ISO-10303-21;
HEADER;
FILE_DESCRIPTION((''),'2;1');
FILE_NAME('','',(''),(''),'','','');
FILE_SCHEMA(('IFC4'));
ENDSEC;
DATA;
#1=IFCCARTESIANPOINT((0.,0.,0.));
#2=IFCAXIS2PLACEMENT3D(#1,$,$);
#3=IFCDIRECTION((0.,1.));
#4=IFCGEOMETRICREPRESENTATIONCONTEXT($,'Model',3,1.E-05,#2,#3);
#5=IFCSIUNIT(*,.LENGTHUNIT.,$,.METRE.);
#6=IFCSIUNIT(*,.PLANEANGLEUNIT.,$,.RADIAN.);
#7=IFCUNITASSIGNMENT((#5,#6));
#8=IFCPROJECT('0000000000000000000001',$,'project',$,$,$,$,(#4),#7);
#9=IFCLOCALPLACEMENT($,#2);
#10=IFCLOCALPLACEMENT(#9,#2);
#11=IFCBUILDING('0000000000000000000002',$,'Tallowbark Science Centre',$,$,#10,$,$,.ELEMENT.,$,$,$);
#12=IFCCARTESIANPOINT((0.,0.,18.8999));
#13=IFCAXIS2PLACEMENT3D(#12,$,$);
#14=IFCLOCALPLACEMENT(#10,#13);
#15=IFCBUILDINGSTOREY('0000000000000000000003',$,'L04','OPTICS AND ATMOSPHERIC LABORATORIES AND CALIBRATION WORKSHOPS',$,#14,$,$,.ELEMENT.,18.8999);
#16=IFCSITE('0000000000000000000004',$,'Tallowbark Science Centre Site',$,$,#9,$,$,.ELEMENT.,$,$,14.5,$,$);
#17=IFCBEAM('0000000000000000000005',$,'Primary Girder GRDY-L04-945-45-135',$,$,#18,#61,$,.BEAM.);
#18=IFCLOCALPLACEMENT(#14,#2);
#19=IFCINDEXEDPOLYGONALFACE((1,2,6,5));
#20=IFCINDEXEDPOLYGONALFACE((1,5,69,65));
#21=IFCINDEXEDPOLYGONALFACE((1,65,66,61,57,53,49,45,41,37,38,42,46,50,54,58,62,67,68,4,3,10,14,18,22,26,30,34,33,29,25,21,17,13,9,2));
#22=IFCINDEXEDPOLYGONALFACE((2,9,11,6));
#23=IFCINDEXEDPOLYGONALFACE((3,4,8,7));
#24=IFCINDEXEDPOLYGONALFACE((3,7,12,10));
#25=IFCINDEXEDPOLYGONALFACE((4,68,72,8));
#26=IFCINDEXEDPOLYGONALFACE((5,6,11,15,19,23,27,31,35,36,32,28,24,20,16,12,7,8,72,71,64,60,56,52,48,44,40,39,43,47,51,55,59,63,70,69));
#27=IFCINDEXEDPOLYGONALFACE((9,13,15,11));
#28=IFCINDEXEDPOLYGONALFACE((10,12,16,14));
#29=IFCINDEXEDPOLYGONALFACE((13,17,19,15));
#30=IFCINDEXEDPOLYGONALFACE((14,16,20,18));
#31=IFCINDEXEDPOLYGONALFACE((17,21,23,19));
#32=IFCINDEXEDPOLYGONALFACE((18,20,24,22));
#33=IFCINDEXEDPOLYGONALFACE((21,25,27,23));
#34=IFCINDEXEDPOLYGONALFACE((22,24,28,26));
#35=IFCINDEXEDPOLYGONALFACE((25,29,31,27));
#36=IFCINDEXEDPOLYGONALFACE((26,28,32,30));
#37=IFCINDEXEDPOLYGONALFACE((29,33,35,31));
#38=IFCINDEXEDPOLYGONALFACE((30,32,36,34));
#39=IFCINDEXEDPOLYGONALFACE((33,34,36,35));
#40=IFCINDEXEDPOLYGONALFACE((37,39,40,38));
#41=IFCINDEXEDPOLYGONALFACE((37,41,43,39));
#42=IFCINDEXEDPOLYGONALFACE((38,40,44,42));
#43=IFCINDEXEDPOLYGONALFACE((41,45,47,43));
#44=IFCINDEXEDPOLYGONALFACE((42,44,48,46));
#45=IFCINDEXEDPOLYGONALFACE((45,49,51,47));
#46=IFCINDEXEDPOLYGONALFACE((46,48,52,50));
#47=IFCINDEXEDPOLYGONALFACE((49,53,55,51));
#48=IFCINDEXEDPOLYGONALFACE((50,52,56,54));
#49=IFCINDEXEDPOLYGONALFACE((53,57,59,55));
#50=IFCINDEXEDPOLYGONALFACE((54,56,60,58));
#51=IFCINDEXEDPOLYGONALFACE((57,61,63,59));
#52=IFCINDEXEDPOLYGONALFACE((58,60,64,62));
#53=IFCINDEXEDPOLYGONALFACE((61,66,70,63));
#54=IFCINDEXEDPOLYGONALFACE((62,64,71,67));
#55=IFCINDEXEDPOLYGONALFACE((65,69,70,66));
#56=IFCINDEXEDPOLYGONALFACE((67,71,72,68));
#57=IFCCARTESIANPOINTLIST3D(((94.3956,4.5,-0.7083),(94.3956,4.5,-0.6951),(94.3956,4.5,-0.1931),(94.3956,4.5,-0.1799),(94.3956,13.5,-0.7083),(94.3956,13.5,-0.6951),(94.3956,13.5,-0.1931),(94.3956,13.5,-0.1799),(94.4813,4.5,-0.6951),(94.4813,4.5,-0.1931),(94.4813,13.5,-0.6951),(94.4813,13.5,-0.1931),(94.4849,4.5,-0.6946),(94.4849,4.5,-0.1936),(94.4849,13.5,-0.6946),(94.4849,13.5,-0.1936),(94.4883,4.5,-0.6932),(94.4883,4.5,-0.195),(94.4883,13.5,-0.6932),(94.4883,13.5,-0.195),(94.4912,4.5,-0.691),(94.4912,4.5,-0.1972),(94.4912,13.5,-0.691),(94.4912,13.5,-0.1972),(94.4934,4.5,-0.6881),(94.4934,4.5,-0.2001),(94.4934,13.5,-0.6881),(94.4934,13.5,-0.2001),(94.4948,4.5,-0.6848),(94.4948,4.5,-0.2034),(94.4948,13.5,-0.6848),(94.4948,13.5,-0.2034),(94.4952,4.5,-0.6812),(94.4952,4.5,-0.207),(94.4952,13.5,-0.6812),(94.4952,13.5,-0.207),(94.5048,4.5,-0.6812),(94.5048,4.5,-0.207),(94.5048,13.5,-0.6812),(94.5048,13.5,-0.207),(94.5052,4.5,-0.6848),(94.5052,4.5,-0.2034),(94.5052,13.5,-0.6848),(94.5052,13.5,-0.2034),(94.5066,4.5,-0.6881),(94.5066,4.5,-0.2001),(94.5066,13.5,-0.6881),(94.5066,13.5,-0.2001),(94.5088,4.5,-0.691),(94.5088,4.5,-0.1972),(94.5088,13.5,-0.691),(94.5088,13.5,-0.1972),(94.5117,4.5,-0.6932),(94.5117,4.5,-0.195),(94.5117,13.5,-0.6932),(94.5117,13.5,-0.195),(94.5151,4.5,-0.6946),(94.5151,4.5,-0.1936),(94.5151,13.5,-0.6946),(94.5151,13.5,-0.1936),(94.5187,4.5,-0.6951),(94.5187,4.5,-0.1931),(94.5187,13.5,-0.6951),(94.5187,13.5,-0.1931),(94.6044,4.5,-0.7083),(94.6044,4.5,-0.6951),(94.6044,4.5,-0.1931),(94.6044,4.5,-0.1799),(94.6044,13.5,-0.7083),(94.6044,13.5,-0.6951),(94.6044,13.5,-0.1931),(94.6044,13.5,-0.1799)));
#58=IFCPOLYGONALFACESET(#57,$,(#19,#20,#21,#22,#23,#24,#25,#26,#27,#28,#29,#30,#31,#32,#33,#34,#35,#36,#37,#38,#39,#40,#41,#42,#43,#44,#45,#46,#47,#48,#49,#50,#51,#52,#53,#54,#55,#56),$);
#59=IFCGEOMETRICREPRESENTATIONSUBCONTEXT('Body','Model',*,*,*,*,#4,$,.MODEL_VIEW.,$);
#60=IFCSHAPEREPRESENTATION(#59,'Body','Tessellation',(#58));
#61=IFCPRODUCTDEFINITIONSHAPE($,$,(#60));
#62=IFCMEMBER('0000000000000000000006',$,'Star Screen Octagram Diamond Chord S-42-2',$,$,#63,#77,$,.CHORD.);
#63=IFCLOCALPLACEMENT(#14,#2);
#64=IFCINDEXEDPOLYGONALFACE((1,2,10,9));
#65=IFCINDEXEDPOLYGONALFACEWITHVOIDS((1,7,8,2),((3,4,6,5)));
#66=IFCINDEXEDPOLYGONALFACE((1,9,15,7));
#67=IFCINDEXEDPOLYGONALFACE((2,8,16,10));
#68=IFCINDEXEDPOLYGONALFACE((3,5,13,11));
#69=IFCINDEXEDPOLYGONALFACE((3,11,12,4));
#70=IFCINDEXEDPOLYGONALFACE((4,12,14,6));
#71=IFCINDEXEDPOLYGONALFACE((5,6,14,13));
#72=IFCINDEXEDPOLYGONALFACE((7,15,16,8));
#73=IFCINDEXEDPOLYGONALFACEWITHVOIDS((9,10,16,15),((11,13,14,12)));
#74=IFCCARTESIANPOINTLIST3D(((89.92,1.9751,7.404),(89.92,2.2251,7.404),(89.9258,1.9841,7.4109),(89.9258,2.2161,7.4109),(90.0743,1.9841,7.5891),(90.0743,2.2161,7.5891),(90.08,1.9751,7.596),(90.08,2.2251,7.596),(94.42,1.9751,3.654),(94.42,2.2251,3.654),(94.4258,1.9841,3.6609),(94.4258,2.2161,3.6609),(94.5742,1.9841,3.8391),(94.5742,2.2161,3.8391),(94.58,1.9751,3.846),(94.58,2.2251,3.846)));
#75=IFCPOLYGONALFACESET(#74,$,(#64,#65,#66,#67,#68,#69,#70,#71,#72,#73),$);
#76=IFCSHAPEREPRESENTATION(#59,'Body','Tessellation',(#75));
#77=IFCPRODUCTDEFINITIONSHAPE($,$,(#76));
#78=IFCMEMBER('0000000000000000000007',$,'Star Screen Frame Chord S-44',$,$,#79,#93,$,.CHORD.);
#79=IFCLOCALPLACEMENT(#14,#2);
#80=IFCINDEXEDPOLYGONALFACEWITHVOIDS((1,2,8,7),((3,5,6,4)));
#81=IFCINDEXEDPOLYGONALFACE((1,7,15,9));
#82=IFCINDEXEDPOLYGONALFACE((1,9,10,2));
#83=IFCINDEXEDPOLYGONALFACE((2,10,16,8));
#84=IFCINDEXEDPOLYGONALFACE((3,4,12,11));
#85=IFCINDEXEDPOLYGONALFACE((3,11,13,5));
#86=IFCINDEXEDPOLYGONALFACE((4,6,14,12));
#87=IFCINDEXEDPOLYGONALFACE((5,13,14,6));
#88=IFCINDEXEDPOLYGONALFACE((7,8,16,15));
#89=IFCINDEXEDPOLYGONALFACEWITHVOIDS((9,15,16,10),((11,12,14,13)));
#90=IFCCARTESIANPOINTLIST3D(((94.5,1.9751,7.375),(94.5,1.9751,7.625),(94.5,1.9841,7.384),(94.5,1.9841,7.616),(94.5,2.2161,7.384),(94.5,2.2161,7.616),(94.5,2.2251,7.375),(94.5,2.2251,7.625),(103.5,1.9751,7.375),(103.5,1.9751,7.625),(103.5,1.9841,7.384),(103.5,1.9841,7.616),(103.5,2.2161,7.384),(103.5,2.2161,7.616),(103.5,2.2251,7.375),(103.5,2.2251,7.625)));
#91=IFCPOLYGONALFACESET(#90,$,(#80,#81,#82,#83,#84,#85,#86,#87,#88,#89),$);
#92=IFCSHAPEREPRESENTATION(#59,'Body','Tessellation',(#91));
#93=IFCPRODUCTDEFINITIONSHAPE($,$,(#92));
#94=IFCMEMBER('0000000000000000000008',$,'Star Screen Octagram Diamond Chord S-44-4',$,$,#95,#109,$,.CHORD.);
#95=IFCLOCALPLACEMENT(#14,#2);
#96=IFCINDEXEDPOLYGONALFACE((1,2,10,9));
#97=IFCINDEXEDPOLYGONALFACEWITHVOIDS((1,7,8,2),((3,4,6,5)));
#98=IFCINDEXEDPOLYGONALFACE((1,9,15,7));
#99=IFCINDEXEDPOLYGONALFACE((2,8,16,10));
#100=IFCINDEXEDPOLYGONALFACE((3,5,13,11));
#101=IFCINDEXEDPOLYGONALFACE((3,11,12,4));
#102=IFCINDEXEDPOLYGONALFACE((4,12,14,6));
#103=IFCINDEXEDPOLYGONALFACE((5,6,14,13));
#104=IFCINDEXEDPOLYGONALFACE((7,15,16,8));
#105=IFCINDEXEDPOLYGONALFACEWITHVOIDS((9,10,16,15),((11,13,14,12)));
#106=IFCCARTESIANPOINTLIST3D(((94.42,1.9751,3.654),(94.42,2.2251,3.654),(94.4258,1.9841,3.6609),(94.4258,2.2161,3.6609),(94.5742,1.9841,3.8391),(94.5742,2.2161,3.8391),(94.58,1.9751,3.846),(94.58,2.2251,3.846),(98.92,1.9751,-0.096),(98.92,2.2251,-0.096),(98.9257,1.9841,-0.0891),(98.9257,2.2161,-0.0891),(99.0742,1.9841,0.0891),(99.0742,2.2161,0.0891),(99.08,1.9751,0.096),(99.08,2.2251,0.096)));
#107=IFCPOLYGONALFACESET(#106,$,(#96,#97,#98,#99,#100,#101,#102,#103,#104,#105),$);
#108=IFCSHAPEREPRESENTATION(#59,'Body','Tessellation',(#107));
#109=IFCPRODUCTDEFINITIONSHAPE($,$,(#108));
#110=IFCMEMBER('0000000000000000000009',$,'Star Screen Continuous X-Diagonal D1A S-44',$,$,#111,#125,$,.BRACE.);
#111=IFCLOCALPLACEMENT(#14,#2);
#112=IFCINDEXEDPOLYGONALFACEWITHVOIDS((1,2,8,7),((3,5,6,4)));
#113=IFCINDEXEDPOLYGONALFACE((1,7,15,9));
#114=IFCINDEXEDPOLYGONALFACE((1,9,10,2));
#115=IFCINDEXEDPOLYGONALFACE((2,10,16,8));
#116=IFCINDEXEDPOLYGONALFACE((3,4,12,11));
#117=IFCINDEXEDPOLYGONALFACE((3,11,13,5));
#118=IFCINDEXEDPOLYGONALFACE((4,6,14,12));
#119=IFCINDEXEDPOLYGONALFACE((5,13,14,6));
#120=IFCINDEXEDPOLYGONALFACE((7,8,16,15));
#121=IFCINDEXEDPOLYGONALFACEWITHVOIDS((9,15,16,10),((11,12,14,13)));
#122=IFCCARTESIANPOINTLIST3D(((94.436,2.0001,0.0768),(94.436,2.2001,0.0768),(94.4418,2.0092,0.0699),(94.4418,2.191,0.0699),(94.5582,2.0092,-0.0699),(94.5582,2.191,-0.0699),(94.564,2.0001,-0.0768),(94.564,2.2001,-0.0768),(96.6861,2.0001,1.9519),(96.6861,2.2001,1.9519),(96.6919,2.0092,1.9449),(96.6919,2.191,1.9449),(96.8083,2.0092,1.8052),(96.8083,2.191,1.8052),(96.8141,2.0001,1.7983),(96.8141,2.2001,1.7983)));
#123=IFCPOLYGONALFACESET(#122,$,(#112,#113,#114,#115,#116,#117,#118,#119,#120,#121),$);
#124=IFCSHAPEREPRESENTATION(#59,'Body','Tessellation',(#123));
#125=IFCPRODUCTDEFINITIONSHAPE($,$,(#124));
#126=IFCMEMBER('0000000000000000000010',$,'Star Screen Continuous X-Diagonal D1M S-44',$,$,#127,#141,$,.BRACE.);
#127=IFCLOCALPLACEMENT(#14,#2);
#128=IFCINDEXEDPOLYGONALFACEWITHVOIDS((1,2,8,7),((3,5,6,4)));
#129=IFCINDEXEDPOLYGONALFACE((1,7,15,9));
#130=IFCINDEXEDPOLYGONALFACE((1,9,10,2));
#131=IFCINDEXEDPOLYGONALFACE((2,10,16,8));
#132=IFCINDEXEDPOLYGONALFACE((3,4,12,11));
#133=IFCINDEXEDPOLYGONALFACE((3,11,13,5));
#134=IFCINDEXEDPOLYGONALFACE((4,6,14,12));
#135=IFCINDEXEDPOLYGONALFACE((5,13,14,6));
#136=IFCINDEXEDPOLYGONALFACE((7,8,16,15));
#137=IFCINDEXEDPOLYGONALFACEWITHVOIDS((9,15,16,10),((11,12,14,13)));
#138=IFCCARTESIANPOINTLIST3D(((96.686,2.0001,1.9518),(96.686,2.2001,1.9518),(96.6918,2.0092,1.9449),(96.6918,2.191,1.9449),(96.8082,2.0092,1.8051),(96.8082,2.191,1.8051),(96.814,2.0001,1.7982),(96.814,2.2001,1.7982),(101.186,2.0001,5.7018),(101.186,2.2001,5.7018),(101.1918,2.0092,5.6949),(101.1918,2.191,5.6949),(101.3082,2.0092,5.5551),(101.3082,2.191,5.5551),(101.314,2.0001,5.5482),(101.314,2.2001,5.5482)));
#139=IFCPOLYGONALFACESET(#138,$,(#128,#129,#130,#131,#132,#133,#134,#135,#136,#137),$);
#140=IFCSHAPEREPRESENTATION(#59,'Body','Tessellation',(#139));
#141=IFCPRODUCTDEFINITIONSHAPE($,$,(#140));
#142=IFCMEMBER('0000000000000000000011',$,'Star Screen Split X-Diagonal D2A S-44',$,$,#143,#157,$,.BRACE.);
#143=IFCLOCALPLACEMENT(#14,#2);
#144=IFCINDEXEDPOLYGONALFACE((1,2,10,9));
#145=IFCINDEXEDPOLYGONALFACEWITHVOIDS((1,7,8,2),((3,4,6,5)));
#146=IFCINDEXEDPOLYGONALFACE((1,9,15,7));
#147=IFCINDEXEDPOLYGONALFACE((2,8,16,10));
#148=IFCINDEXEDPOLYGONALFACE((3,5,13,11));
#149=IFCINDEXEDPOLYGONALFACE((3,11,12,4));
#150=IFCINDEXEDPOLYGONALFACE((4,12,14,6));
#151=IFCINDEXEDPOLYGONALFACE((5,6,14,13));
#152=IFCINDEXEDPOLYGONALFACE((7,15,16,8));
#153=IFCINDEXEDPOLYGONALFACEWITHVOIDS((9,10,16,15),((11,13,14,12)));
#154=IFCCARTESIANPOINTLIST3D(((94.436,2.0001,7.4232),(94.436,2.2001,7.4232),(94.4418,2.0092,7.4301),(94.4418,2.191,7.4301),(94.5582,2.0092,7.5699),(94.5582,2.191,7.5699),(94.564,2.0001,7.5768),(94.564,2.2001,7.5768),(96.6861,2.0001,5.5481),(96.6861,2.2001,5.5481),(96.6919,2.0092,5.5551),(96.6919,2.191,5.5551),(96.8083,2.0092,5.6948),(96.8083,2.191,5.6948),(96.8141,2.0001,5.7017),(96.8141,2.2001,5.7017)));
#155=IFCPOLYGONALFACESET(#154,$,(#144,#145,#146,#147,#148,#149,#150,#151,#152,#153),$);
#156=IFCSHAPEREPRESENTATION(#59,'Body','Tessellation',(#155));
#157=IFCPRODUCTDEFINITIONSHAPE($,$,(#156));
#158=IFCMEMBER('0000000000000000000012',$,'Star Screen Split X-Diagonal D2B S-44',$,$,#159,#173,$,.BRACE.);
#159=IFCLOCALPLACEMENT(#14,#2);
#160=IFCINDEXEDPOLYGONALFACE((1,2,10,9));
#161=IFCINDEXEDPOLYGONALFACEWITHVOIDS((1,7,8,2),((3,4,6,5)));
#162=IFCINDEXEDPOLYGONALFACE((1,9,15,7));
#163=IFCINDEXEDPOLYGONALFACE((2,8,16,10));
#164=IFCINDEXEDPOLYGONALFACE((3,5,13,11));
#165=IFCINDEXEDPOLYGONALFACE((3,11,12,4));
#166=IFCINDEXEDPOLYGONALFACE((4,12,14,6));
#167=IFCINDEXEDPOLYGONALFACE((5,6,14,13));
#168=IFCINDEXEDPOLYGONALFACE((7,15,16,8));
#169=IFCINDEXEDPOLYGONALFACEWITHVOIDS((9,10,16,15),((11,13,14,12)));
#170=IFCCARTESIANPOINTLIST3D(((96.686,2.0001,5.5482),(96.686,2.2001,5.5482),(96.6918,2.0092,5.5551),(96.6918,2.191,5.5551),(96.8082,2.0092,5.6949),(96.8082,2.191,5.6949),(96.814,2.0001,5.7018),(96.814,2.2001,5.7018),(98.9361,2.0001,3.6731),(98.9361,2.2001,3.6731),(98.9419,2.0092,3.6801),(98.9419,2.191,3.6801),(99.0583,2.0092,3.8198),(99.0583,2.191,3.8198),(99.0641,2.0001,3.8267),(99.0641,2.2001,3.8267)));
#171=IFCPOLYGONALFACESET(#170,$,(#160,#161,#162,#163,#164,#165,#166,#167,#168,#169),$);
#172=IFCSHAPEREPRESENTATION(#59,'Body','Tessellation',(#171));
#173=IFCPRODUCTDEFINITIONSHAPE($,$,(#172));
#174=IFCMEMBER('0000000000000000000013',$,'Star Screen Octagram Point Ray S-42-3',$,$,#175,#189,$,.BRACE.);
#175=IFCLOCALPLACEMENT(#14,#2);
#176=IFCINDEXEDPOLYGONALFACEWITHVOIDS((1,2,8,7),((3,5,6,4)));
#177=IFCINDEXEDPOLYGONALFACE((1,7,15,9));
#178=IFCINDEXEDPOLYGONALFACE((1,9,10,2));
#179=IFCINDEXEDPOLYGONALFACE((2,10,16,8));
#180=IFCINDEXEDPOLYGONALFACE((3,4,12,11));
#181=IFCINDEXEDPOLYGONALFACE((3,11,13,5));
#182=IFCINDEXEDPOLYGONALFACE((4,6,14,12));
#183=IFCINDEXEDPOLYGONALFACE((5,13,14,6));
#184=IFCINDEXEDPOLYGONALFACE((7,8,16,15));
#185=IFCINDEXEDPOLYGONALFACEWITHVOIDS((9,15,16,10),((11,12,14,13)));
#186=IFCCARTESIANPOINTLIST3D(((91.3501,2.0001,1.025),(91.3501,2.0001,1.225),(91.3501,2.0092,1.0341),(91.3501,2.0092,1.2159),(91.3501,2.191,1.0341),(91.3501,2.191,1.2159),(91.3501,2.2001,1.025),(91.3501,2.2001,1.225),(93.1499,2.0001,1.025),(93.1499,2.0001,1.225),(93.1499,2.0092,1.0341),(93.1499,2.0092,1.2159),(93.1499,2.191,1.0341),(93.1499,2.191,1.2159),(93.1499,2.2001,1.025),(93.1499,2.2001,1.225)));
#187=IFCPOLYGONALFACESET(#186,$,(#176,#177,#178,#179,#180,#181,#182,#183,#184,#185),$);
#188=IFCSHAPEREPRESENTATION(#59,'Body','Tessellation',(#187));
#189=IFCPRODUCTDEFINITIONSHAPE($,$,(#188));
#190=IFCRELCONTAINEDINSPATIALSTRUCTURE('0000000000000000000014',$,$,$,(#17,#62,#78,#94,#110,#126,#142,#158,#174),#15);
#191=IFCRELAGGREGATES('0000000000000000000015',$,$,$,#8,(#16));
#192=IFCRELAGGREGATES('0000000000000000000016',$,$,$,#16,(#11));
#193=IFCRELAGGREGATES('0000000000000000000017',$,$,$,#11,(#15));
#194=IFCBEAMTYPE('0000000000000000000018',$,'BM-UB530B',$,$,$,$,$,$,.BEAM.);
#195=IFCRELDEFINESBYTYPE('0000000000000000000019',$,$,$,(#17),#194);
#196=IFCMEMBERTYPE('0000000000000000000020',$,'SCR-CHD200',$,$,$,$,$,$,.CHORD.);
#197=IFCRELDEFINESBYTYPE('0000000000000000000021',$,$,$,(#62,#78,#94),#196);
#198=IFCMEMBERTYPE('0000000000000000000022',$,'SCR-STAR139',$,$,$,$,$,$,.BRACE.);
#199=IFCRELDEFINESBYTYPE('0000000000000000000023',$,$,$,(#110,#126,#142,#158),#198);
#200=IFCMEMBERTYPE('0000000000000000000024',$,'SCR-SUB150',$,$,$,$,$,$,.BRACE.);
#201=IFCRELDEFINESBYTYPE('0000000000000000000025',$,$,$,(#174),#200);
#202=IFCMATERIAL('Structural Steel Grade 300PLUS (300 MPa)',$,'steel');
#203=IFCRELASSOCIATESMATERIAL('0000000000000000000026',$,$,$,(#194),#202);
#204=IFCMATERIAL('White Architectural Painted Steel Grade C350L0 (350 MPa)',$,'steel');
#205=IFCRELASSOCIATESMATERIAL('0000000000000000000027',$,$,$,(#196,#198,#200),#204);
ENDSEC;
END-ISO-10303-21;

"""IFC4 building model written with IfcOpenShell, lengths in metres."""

from ifc_helpers import new_model, si_unit, direction, frame, origin, origin_2d, place, context, subcontext, project, spatial, hollow_rectangle, i_section, extrude, material, material_profile, profile_set, type_object, element, save


model = new_model("IFC4")

# Units and contexts
model_context = context("Model", 3, precision=1e-05, world=origin(), true_north=direction((0.0, 1.0)))
body_context = subcontext(model_context, "Body", "Model", "MODEL_VIEW")
ifc_project = project(units=[si_unit("LENGTHUNIT", "METRE"), si_unit("PLANEANGLEUNIT", "RADIAN")], contexts=[model_context])

# Site, building, storey
site_placement = place(None, origin())
site = spatial("IfcSite", under=ifc_project, at=site_placement, Name="Tallowbark Science Centre Site", CompositionType="ELEMENT", RefElevation=14.5)
building_placement = place(site_placement, origin())
building = spatial("IfcBuilding", under=site, at=building_placement, Name="Tallowbark Science Centre", CompositionType="ELEMENT")
storey_placement = place(building_placement, frame((0.0, 0.0, 18.8999)))
storey = spatial("IfcBuildingStorey", under=building, at=storey_placement, Name="L04", Description="OPTICS AND ATMOSPHERIC LABORATORIES AND CALIBRATION WORKSHOPS", CompositionType="ELEMENT", Elevation=18.8999)

# Shared definitions
ifc_material_1 = material(Name="White Architectural Painted Steel Grade C350L0 (350 MPa)", Category="steel")
ifc_material_2 = material(Name="Structural Steel Grade 300PLUS (300 MPa)", Category="steel")

# Beam
ifc_material_profile_1 = material_profile(ifc_material_2, i_section(OverallWidth=0.2087, OverallDepth=0.5283, WebThickness=0.0095, FlangeThickness=0.0132, FilletRadius=0.0139, at=origin_2d()), Name="530UB82.0")
ifc_profile_set_1 = profile_set([ifc_material_profile_1], Name="Structural Steel Grade 300PLUS (300 MPa)")
beam_type_1 = type_object("IfcBeamType", Name="BM-UB530B", PredefinedType="BEAM", material=ifc_profile_set_1)
beam_1_placement = place(storey_placement, frame((94.5, 4.5, -0.4441), z_axis=(0.0, 1.0, 0.0), x_axis=(-1.0, 0.0, 0.0)))
element("IfcBeam", 1, at=beam_1_placement, inside=storey, type_object=beam_type_1, Name="Primary Girder GRDY-L04-945-45-135", PredefinedType="BEAM", context=body_context, shape_type="SweptSolid", body=[
    extrude(i_section(OverallWidth=0.2087, OverallDepth=0.5283, WebThickness=0.0095, FlangeThickness=0.0132, FilletRadius=0.0139, at=origin_2d()), origin(), (0.0, 0.0, 1.0), 9.0),
])

# Members
ifc_material_profile_2 = material_profile(ifc_material_1, hollow_rectangle(XDim=0.25, YDim=0.25, WallThickness=0.009, at=origin_2d()), Name="250x250x9.0SHS")
ifc_profile_set_2 = profile_set([ifc_material_profile_2], Name="White Architectural Painted Steel Grade C350L0 (350 MPa)")
member_type_1 = type_object("IfcMemberType", Name="SCR-CHD200", PredefinedType="CHORD", material=ifc_profile_set_2)
member_1_placement = place(storey_placement, frame((94.5, 2.1001, 3.75), z_axis=(-0.768221, 0.0, 0.640184), x_axis=(0.0, -1.0, 0.0)))
element("IfcMember", 2, at=member_1_placement, inside=storey, type_object=member_type_1, Name="Star Screen Octagram Diamond Chord S-42-2", PredefinedType="CHORD", context=body_context, shape_type="SweptSolid", body=[
    extrude(hollow_rectangle(XDim=0.25, YDim=0.25, WallThickness=0.009, at=origin_2d()), origin(), (0.0, 0.0, 1.0), 5.8577),
])
member_2_placement = place(storey_placement, frame((94.5, 2.1001, 7.5), z_axis=(1.0, 0.0, 0.0), x_axis=(0.0, 1.0, 0.0)))
element("IfcMember", 3, at=member_2_placement, inside=storey, type_object=member_type_1, Name="Star Screen Frame Chord S-44", PredefinedType="CHORD", context=body_context, shape_type="SweptSolid", body=[
    extrude(hollow_rectangle(XDim=0.25, YDim=0.25, WallThickness=0.009, at=origin_2d()), origin(), (0.0, 0.0, 1.0), 9.0),
])
member_3_placement = place(storey_placement, frame((94.5, 2.1001, 3.75), z_axis=(0.768221, 0.0, -0.640184), x_axis=(0.0, 1.0, 0.0)))
element("IfcMember", 4, at=member_3_placement, inside=storey, type_object=member_type_1, Name="Star Screen Octagram Diamond Chord S-44-4", PredefinedType="CHORD", context=body_context, shape_type="SweptSolid", body=[
    extrude(hollow_rectangle(XDim=0.25, YDim=0.25, WallThickness=0.009, at=origin_2d()), origin(), (0.0, 0.0, 1.0), 5.8577),
])
ifc_material_profile_3 = material_profile(ifc_material_1, hollow_rectangle(XDim=0.2, YDim=0.2, WallThickness=0.009, at=origin_2d()), Name="200x200x9.0SHS")
ifc_profile_set_3 = profile_set([ifc_material_profile_3], Name="White Architectural Painted Steel Grade C350L0 (350 MPa)")
member_type_2 = type_object("IfcMemberType", Name="SCR-STAR139", PredefinedType="BRACE", material=ifc_profile_set_3)
member_4_placement = place(storey_placement, frame((94.5, 2.1001, 0.0), z_axis=(0.768221, 0.0, 0.640184), x_axis=(0.0, 1.0, 0.0)))
element("IfcMember", 5, at=member_4_placement, inside=storey, type_object=member_type_2, Name="Star Screen Continuous X-Diagonal D1A S-44", PredefinedType="BRACE", context=body_context, shape_type="SweptSolid", body=[
    extrude(hollow_rectangle(XDim=0.2, YDim=0.2, WallThickness=0.009, at=origin_2d()), origin(), (0.0, 0.0, 1.0), 2.929),
])
member_5_placement = place(storey_placement, frame((96.75, 2.1001, 1.875), z_axis=(0.768221, 0.0, 0.640184), x_axis=(0.0, 1.0, 0.0)))
element("IfcMember", 6, at=member_5_placement, inside=storey, type_object=member_type_2, Name="Star Screen Continuous X-Diagonal D1M S-44", PredefinedType="BRACE", context=body_context, shape_type="SweptSolid", body=[
    extrude(hollow_rectangle(XDim=0.2, YDim=0.2, WallThickness=0.009, at=origin_2d()), origin(), (0.0, 0.0, 1.0), 5.8577),
])
for number, where, z_axis, x_axis, name in (
    (7, (94.5, 2.1001, 7.5), (0.768221, 0.0, -0.640184), (0.0, 1.0, 0.0), "Star Screen Split X-Diagonal D2A S-44"),
    (8, (96.75, 2.1001, 5.625), (0.768221, 0.0, -0.640184), (0.0, 1.0, 0.0), "Star Screen Split X-Diagonal D2B S-44"),
):
    element("IfcMember", number, at=place(storey_placement, frame(where, z_axis=z_axis, x_axis=x_axis)), inside=storey, type_object=member_type_2, Name=name, PredefinedType="BRACE", context=body_context, shape_type="SweptSolid", body=[
        extrude(hollow_rectangle(XDim=0.2, YDim=0.2, WallThickness=0.009, at=origin_2d()), origin(), (0.0, 0.0, 1.0), 2.929),
    ])
ifc_material_profile_4 = material_profile(ifc_material_1, hollow_rectangle(XDim=0.2, YDim=0.2, WallThickness=0.009, at=origin_2d()), Name="200x200x9.0SHS")
ifc_profile_set_4 = profile_set([ifc_material_profile_4], Name="White Architectural Painted Steel Grade C350L0 (350 MPa)")
member_type_3 = type_object("IfcMemberType", Name="SCR-SUB150", PredefinedType="BRACE", material=ifc_profile_set_4)
member_6_placement = place(storey_placement, frame((93.1499, 2.1001, 1.125), z_axis=(-1.0, 0.0, 0.0), x_axis=(0.0, -1.0, 0.0)))
element("IfcMember", 9, at=member_6_placement, inside=storey, type_object=member_type_3, Name="Star Screen Octagram Point Ray S-42-3", PredefinedType="BRACE", context=body_context, shape_type="SweptSolid", body=[
    extrude(hollow_rectangle(XDim=0.2, YDim=0.2, WallThickness=0.009, at=origin_2d()), origin(), (0.0, 0.0, 1.0), 1.7998),
])

save(model, "model.ifc")
